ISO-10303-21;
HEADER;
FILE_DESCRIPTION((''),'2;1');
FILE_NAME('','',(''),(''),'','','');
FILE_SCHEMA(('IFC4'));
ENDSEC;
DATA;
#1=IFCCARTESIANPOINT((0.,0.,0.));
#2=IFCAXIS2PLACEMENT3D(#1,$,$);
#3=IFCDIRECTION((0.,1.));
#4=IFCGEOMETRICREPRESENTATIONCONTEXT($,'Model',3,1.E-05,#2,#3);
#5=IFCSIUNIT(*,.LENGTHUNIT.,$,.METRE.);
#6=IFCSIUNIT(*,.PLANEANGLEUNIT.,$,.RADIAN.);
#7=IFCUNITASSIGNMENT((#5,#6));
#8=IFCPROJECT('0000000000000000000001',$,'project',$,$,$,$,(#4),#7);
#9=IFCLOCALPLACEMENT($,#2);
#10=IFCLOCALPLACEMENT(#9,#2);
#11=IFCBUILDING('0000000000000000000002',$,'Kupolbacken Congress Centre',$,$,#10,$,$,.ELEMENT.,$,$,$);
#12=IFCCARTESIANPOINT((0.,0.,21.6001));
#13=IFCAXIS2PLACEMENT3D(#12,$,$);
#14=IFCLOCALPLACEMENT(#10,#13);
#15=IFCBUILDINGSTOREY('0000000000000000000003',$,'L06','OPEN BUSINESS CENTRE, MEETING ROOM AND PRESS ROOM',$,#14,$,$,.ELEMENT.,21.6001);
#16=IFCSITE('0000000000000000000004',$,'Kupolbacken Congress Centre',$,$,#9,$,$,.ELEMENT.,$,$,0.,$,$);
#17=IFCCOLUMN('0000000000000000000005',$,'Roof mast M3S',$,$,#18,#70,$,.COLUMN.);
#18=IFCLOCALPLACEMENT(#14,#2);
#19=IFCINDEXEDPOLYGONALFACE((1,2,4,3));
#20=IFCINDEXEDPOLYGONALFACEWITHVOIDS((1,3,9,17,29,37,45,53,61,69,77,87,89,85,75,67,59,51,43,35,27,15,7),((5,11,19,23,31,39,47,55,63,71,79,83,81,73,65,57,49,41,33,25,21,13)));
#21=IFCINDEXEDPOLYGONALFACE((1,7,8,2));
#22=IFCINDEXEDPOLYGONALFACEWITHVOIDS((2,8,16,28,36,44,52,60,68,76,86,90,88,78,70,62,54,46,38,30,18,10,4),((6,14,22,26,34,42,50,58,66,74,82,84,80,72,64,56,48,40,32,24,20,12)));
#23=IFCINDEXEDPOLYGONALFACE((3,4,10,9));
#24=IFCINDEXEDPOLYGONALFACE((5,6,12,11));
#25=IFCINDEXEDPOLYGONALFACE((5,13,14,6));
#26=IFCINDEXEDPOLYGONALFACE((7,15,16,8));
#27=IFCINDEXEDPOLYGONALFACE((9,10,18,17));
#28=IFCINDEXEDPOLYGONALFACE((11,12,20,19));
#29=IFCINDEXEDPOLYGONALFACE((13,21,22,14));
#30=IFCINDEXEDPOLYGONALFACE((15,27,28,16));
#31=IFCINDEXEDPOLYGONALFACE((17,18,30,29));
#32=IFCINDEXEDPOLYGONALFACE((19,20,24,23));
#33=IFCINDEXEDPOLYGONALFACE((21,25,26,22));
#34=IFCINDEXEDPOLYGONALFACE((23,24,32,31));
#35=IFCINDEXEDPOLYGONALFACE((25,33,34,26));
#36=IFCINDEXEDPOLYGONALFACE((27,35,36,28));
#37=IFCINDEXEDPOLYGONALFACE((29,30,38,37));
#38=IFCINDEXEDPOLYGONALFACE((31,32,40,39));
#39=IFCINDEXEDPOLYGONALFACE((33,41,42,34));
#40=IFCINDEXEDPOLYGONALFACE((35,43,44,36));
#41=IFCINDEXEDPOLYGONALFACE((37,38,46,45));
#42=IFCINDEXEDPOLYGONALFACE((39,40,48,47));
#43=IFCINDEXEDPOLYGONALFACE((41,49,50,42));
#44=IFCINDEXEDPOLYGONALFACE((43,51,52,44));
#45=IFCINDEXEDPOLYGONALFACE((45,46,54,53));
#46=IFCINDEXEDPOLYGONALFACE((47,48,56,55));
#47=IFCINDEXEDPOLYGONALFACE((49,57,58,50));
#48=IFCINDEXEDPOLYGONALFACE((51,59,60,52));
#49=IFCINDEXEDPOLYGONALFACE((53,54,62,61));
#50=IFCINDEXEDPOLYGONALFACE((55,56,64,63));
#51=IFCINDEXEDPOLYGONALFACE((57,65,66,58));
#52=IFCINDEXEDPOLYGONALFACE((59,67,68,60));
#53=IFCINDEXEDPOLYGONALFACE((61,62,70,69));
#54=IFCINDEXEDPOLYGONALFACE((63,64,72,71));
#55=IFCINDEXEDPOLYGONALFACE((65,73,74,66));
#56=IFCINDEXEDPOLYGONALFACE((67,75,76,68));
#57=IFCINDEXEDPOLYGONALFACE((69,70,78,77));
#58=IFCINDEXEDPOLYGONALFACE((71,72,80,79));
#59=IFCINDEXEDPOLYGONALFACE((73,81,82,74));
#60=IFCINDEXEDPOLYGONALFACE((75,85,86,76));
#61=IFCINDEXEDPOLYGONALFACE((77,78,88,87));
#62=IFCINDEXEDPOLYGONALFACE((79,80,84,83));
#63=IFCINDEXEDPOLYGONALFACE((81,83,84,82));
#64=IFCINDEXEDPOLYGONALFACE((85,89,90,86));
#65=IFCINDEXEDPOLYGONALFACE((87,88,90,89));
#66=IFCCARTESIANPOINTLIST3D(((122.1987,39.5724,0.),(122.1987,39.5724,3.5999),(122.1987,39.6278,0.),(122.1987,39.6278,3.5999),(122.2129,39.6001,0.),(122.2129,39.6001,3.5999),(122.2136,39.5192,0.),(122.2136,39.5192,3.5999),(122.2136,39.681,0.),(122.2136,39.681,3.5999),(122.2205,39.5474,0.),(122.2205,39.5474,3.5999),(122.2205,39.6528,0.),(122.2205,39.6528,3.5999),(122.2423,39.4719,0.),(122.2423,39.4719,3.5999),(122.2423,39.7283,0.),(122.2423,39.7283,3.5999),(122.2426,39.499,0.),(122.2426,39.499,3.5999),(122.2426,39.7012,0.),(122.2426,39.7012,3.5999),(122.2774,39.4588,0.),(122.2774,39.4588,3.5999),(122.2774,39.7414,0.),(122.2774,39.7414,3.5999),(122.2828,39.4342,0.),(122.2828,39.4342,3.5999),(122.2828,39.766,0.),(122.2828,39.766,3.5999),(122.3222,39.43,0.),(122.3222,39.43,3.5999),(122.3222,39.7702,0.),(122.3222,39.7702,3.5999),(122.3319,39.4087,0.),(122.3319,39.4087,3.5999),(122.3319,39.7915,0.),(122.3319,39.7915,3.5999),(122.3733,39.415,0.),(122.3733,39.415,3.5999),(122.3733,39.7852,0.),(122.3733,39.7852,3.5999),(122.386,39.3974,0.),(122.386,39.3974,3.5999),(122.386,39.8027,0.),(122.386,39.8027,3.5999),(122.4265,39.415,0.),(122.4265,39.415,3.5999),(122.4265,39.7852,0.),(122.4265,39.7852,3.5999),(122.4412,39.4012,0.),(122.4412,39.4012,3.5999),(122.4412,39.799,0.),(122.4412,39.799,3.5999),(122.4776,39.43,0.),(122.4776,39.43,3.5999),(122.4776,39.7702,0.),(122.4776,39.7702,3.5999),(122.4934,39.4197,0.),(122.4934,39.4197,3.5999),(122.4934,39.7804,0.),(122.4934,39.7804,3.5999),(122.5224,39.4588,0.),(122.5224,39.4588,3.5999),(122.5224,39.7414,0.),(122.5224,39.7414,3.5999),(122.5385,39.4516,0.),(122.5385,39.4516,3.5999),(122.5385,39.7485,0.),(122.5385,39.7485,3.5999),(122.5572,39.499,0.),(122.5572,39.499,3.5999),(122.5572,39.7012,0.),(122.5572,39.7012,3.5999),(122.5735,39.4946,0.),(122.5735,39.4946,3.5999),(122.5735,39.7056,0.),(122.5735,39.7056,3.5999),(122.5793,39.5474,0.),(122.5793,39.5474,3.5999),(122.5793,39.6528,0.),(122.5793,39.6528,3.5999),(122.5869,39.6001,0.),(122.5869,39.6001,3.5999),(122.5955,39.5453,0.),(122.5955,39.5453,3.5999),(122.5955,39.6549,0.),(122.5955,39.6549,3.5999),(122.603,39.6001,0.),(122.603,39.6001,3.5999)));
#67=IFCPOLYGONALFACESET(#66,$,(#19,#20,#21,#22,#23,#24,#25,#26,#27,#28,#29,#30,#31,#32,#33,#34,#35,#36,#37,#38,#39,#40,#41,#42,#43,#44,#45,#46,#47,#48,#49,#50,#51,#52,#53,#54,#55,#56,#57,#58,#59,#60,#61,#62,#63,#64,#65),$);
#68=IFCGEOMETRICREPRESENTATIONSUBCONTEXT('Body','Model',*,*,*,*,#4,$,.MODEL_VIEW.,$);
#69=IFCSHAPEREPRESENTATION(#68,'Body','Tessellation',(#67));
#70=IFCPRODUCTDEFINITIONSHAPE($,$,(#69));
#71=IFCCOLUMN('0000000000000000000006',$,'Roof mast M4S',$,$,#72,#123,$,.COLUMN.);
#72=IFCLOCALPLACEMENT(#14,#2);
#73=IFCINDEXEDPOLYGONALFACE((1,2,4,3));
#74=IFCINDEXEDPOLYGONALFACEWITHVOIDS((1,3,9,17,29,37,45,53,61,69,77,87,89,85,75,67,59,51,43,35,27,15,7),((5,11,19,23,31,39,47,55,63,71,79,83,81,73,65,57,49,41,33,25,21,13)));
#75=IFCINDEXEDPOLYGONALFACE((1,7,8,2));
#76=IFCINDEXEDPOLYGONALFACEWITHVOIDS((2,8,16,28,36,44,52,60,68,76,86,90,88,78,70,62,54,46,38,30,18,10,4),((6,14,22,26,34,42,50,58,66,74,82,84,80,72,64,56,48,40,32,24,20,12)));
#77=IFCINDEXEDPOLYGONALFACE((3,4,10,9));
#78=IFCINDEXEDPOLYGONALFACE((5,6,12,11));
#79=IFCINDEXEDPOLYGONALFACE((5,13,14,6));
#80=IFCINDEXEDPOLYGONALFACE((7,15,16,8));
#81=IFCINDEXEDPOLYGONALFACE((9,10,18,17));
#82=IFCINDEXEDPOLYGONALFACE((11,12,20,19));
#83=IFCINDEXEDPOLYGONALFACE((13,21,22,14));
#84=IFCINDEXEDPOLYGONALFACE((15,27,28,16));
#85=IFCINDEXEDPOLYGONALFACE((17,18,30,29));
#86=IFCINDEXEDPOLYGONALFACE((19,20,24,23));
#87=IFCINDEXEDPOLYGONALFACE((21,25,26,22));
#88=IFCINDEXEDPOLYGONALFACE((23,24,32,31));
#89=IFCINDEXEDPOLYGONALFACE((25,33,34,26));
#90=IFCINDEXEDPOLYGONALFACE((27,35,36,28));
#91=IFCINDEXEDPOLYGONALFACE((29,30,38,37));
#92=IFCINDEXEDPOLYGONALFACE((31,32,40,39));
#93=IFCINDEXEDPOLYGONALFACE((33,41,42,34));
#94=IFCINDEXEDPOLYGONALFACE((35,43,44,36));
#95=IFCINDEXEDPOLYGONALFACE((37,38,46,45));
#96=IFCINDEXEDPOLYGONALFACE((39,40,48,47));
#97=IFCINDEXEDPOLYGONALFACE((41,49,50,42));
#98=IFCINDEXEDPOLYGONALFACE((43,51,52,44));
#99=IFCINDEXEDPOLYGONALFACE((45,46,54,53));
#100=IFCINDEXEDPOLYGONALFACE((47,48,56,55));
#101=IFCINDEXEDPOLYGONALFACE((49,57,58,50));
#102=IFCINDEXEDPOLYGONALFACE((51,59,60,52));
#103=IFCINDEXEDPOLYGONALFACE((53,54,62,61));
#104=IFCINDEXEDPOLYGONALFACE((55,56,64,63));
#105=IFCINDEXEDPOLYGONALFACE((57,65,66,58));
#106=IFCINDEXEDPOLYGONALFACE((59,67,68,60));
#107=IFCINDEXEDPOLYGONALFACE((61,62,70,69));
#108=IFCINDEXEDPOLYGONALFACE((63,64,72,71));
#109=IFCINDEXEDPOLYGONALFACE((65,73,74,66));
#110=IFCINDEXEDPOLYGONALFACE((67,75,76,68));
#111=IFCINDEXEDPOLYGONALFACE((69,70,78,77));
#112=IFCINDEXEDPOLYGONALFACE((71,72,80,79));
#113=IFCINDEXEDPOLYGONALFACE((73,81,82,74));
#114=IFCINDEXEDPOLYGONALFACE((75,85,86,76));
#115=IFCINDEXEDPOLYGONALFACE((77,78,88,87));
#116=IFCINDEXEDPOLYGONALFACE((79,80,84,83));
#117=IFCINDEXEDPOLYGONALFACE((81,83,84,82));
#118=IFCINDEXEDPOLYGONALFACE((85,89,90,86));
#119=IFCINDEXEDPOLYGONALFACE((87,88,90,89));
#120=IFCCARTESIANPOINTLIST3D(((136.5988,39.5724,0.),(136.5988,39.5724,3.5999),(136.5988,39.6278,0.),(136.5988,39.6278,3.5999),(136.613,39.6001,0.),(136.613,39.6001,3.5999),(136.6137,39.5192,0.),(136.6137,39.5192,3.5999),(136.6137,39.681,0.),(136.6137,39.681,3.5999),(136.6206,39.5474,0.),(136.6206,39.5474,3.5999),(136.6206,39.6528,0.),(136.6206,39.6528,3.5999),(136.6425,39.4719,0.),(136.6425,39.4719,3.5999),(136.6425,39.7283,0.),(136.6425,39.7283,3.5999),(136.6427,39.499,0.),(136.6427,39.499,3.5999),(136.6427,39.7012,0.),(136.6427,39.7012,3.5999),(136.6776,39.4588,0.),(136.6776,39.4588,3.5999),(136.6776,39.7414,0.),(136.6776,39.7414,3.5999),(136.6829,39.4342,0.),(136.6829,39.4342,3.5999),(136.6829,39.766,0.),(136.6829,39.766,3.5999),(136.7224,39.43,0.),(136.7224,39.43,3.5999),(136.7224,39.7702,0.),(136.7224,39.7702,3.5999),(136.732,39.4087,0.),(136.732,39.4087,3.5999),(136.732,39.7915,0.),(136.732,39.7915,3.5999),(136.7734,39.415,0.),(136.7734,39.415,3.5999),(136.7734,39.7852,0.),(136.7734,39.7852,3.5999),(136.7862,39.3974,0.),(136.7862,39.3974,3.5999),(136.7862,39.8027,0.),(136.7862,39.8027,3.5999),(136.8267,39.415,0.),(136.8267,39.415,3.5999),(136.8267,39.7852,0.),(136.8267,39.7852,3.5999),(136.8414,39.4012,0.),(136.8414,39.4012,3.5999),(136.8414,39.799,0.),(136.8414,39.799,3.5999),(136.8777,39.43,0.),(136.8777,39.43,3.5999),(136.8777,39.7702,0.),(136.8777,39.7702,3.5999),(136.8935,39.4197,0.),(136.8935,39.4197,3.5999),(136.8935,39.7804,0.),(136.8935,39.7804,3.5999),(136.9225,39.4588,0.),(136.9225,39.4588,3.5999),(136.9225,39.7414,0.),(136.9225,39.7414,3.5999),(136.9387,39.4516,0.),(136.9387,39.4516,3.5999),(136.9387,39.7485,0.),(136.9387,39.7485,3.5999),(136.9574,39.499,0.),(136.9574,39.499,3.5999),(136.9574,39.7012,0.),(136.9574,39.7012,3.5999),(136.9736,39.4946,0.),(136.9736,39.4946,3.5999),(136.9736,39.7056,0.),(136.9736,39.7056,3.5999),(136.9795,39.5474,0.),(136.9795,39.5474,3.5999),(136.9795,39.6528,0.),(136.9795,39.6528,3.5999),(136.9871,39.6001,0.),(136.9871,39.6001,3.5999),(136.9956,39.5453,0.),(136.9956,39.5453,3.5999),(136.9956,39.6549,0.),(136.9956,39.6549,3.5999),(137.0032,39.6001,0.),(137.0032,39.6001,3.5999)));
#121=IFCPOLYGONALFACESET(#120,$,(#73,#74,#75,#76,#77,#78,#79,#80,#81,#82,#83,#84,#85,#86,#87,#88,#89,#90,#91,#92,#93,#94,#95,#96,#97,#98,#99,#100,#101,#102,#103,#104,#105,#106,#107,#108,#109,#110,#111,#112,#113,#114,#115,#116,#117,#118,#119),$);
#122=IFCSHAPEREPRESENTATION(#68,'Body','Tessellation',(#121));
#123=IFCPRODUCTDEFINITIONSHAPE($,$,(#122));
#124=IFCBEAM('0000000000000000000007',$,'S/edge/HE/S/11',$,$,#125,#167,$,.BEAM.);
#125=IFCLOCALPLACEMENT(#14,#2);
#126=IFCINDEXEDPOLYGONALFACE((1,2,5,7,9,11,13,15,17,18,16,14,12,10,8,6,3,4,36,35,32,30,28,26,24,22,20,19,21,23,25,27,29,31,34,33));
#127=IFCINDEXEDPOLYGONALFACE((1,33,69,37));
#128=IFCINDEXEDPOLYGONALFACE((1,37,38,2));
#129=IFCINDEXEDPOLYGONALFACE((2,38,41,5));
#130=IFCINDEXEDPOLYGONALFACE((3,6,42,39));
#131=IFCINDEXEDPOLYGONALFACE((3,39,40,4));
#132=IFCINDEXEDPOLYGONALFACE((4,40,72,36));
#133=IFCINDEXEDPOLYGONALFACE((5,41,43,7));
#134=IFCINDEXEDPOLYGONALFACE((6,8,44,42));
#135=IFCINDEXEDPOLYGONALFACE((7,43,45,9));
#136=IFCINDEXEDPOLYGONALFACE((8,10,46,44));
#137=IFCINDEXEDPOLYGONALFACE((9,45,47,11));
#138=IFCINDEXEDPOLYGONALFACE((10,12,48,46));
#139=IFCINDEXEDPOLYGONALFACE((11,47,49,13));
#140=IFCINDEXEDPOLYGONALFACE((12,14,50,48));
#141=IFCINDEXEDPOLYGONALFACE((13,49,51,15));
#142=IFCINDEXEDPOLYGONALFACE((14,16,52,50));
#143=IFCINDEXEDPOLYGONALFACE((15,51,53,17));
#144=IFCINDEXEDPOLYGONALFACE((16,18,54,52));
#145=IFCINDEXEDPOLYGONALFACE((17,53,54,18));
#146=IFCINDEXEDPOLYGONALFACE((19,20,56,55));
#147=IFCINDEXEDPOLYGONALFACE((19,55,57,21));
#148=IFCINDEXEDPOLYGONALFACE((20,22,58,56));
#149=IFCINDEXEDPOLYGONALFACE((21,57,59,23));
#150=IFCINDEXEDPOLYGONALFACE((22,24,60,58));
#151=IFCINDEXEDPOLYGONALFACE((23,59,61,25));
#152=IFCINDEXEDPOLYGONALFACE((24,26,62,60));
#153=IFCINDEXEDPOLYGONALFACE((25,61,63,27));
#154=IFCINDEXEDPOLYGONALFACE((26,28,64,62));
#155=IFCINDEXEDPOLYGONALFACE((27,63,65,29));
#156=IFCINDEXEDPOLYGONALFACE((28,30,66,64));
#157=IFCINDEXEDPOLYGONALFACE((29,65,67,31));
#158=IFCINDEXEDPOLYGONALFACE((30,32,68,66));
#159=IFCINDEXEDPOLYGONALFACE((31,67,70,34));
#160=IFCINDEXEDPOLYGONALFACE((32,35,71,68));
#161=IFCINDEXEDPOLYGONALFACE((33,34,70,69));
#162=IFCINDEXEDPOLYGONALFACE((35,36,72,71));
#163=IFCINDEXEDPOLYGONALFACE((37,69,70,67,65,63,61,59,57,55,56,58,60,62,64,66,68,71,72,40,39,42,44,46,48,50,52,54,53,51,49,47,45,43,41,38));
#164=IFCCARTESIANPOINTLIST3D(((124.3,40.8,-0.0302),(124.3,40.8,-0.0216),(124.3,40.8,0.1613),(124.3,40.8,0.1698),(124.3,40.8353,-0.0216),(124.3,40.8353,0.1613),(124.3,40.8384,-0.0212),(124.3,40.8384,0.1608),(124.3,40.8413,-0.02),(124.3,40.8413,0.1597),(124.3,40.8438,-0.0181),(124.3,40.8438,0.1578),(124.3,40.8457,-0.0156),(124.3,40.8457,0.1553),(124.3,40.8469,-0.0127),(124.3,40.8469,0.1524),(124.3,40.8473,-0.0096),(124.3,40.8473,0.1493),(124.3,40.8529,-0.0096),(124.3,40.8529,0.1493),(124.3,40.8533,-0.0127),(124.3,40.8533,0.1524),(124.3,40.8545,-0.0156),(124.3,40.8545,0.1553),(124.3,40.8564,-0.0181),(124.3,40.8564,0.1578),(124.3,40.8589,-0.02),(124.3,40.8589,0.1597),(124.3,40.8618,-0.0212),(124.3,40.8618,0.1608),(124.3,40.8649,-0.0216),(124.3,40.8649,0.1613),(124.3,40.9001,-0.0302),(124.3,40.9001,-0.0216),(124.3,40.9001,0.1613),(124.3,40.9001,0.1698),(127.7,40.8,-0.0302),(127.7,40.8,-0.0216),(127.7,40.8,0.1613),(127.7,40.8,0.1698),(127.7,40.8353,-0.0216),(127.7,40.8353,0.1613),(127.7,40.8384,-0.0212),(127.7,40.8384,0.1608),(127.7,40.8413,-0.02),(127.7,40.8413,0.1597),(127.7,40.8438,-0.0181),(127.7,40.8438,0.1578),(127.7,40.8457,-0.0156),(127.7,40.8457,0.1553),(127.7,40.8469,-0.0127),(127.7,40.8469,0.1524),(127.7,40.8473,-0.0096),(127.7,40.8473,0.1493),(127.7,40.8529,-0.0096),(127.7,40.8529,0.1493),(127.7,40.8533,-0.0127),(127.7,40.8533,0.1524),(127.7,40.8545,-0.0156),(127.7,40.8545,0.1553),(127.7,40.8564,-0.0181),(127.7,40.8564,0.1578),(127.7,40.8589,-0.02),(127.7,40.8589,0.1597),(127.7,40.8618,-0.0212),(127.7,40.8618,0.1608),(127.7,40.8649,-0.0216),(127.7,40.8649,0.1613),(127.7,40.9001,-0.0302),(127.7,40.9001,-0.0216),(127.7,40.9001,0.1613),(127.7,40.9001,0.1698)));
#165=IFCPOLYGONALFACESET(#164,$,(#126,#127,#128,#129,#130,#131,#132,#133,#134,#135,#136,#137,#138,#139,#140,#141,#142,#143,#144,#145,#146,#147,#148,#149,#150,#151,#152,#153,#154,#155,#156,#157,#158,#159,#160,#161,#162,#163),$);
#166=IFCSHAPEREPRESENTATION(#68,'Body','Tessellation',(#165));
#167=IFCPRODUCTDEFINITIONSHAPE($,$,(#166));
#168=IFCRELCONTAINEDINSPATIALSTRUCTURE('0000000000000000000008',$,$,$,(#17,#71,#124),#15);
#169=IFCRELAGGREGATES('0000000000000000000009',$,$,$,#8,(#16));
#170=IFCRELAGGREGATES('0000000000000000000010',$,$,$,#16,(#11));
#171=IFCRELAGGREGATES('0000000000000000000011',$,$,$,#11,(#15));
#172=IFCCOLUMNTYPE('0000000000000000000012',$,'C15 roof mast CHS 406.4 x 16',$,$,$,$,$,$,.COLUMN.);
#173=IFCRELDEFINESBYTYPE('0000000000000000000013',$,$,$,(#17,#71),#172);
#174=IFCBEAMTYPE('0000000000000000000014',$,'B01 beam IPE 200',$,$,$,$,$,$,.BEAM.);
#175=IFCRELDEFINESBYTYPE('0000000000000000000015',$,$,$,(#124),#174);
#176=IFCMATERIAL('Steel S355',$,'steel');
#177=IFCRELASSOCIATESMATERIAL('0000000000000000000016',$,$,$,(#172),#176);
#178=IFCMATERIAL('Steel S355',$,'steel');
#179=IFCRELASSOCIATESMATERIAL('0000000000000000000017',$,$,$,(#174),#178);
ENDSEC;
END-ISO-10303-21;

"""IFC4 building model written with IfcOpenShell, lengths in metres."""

from ifc_helpers import new_model, si_unit, direction, frame, origin, origin_2d, place, context, subcontext, project, spatial, hollow_circle, i_section, extrude, material, material_profile, profile_set, type_object, element, save


model = new_model("IFC4")

# Units and contexts
model_context = context("Model", 3, precision=1e-05, world=origin(), true_north=direction((0.0, 1.0)))
body_context = subcontext(model_context, "Body", "Model", "MODEL_VIEW")
ifc_project = project(units=[si_unit("LENGTHUNIT", "METRE"), si_unit("PLANEANGLEUNIT", "RADIAN")], contexts=[model_context])

# Site, building, storey
site_placement = place(None, origin())
site = spatial("IfcSite", under=ifc_project, at=site_placement, Name="Kupolbacken Congress Centre", CompositionType="ELEMENT", RefElevation=0.0)
building_placement = place(site_placement, origin())
building = spatial("IfcBuilding", under=site, at=building_placement, Name="Kupolbacken Congress Centre", CompositionType="ELEMENT")
storey_placement = place(building_placement, frame((0.0, 0.0, 21.6001)))
storey = spatial("IfcBuildingStorey", under=building, at=storey_placement, Name="L06", Description="OPEN BUSINESS CENTRE, MEETING ROOM AND PRESS ROOM", CompositionType="ELEMENT", Elevation=21.6001)

# Columns
ifc_material_1 = material(Name="Steel S355", Category="steel")
ifc_material_profile_1 = material_profile(ifc_material_1, hollow_circle(Radius=0.2031, WallThickness=0.0161, at=origin_2d()), Name="CHS 406.4 x 16")
ifc_profile_set_1 = profile_set([ifc_material_profile_1], Name="Steel S355")
column_type = type_object("IfcColumnType", Name="C15 roof mast CHS 406.4 x 16", PredefinedType="COLUMN", material=ifc_profile_set_1)
for number, where, z_axis, x_axis, name in (
    (1, (122.3999, 39.6001, 0.0), (0.0, 0.0, 1.0), (1.0, 0.0, 0.0), "Roof mast M3S"),
    (2, (136.8, 39.6001, 0.0), (0.0, 0.0, 1.0), (1.0, 0.0, 0.0), "Roof mast M4S"),
):
    element("IfcColumn", number, at=place(storey_placement, frame(where, z_axis=z_axis, x_axis=x_axis)), inside=storey, type_object=column_type, Name=name, PredefinedType="COLUMN", context=body_context, shape_type="SweptSolid", body=[
        extrude(hollow_circle(Radius=0.2031, WallThickness=0.0161, at=origin_2d()), origin(), (0.0, 0.0, 1.0), 3.5999),
    ])

# Beam
ifc_material_2 = material(Name="Steel S355", Category="steel")
ifc_material_profile_2 = material_profile(ifc_material_2, i_section(OverallWidth=0.1001, OverallDepth=0.2, WebThickness=0.0056, FlangeThickness=0.0085, FilletRadius=0.012, at=origin_2d()), Name="IPE 200")
ifc_profile_set_2 = profile_set([ifc_material_profile_2], Name="Steel S355")
beam_type_1 = type_object("IfcBeamType", Name="B01 beam IPE 200", PredefinedType="BEAM", material=ifc_profile_set_2)
beam_1_placement = place(storey_placement, frame((124.3, 40.8501, 0.0698), z_axis=(1.0, 0.0, 0.0), x_axis=(0.0, 1.0, 0.0)))
element("IfcBeam", 3, at=beam_1_placement, inside=storey, type_object=beam_type_1, Name="S/edge/HE/S/11", PredefinedType="BEAM", context=body_context, shape_type="SweptSolid", body=[
    extrude(i_section(OverallWidth=0.1001, OverallDepth=0.2, WebThickness=0.0056, FlangeThickness=0.0085, FilletRadius=0.012, at=origin_2d()), origin(), (0.0, 0.0, 1.0), 3.3999),
])

save(model, "model.ifc")
